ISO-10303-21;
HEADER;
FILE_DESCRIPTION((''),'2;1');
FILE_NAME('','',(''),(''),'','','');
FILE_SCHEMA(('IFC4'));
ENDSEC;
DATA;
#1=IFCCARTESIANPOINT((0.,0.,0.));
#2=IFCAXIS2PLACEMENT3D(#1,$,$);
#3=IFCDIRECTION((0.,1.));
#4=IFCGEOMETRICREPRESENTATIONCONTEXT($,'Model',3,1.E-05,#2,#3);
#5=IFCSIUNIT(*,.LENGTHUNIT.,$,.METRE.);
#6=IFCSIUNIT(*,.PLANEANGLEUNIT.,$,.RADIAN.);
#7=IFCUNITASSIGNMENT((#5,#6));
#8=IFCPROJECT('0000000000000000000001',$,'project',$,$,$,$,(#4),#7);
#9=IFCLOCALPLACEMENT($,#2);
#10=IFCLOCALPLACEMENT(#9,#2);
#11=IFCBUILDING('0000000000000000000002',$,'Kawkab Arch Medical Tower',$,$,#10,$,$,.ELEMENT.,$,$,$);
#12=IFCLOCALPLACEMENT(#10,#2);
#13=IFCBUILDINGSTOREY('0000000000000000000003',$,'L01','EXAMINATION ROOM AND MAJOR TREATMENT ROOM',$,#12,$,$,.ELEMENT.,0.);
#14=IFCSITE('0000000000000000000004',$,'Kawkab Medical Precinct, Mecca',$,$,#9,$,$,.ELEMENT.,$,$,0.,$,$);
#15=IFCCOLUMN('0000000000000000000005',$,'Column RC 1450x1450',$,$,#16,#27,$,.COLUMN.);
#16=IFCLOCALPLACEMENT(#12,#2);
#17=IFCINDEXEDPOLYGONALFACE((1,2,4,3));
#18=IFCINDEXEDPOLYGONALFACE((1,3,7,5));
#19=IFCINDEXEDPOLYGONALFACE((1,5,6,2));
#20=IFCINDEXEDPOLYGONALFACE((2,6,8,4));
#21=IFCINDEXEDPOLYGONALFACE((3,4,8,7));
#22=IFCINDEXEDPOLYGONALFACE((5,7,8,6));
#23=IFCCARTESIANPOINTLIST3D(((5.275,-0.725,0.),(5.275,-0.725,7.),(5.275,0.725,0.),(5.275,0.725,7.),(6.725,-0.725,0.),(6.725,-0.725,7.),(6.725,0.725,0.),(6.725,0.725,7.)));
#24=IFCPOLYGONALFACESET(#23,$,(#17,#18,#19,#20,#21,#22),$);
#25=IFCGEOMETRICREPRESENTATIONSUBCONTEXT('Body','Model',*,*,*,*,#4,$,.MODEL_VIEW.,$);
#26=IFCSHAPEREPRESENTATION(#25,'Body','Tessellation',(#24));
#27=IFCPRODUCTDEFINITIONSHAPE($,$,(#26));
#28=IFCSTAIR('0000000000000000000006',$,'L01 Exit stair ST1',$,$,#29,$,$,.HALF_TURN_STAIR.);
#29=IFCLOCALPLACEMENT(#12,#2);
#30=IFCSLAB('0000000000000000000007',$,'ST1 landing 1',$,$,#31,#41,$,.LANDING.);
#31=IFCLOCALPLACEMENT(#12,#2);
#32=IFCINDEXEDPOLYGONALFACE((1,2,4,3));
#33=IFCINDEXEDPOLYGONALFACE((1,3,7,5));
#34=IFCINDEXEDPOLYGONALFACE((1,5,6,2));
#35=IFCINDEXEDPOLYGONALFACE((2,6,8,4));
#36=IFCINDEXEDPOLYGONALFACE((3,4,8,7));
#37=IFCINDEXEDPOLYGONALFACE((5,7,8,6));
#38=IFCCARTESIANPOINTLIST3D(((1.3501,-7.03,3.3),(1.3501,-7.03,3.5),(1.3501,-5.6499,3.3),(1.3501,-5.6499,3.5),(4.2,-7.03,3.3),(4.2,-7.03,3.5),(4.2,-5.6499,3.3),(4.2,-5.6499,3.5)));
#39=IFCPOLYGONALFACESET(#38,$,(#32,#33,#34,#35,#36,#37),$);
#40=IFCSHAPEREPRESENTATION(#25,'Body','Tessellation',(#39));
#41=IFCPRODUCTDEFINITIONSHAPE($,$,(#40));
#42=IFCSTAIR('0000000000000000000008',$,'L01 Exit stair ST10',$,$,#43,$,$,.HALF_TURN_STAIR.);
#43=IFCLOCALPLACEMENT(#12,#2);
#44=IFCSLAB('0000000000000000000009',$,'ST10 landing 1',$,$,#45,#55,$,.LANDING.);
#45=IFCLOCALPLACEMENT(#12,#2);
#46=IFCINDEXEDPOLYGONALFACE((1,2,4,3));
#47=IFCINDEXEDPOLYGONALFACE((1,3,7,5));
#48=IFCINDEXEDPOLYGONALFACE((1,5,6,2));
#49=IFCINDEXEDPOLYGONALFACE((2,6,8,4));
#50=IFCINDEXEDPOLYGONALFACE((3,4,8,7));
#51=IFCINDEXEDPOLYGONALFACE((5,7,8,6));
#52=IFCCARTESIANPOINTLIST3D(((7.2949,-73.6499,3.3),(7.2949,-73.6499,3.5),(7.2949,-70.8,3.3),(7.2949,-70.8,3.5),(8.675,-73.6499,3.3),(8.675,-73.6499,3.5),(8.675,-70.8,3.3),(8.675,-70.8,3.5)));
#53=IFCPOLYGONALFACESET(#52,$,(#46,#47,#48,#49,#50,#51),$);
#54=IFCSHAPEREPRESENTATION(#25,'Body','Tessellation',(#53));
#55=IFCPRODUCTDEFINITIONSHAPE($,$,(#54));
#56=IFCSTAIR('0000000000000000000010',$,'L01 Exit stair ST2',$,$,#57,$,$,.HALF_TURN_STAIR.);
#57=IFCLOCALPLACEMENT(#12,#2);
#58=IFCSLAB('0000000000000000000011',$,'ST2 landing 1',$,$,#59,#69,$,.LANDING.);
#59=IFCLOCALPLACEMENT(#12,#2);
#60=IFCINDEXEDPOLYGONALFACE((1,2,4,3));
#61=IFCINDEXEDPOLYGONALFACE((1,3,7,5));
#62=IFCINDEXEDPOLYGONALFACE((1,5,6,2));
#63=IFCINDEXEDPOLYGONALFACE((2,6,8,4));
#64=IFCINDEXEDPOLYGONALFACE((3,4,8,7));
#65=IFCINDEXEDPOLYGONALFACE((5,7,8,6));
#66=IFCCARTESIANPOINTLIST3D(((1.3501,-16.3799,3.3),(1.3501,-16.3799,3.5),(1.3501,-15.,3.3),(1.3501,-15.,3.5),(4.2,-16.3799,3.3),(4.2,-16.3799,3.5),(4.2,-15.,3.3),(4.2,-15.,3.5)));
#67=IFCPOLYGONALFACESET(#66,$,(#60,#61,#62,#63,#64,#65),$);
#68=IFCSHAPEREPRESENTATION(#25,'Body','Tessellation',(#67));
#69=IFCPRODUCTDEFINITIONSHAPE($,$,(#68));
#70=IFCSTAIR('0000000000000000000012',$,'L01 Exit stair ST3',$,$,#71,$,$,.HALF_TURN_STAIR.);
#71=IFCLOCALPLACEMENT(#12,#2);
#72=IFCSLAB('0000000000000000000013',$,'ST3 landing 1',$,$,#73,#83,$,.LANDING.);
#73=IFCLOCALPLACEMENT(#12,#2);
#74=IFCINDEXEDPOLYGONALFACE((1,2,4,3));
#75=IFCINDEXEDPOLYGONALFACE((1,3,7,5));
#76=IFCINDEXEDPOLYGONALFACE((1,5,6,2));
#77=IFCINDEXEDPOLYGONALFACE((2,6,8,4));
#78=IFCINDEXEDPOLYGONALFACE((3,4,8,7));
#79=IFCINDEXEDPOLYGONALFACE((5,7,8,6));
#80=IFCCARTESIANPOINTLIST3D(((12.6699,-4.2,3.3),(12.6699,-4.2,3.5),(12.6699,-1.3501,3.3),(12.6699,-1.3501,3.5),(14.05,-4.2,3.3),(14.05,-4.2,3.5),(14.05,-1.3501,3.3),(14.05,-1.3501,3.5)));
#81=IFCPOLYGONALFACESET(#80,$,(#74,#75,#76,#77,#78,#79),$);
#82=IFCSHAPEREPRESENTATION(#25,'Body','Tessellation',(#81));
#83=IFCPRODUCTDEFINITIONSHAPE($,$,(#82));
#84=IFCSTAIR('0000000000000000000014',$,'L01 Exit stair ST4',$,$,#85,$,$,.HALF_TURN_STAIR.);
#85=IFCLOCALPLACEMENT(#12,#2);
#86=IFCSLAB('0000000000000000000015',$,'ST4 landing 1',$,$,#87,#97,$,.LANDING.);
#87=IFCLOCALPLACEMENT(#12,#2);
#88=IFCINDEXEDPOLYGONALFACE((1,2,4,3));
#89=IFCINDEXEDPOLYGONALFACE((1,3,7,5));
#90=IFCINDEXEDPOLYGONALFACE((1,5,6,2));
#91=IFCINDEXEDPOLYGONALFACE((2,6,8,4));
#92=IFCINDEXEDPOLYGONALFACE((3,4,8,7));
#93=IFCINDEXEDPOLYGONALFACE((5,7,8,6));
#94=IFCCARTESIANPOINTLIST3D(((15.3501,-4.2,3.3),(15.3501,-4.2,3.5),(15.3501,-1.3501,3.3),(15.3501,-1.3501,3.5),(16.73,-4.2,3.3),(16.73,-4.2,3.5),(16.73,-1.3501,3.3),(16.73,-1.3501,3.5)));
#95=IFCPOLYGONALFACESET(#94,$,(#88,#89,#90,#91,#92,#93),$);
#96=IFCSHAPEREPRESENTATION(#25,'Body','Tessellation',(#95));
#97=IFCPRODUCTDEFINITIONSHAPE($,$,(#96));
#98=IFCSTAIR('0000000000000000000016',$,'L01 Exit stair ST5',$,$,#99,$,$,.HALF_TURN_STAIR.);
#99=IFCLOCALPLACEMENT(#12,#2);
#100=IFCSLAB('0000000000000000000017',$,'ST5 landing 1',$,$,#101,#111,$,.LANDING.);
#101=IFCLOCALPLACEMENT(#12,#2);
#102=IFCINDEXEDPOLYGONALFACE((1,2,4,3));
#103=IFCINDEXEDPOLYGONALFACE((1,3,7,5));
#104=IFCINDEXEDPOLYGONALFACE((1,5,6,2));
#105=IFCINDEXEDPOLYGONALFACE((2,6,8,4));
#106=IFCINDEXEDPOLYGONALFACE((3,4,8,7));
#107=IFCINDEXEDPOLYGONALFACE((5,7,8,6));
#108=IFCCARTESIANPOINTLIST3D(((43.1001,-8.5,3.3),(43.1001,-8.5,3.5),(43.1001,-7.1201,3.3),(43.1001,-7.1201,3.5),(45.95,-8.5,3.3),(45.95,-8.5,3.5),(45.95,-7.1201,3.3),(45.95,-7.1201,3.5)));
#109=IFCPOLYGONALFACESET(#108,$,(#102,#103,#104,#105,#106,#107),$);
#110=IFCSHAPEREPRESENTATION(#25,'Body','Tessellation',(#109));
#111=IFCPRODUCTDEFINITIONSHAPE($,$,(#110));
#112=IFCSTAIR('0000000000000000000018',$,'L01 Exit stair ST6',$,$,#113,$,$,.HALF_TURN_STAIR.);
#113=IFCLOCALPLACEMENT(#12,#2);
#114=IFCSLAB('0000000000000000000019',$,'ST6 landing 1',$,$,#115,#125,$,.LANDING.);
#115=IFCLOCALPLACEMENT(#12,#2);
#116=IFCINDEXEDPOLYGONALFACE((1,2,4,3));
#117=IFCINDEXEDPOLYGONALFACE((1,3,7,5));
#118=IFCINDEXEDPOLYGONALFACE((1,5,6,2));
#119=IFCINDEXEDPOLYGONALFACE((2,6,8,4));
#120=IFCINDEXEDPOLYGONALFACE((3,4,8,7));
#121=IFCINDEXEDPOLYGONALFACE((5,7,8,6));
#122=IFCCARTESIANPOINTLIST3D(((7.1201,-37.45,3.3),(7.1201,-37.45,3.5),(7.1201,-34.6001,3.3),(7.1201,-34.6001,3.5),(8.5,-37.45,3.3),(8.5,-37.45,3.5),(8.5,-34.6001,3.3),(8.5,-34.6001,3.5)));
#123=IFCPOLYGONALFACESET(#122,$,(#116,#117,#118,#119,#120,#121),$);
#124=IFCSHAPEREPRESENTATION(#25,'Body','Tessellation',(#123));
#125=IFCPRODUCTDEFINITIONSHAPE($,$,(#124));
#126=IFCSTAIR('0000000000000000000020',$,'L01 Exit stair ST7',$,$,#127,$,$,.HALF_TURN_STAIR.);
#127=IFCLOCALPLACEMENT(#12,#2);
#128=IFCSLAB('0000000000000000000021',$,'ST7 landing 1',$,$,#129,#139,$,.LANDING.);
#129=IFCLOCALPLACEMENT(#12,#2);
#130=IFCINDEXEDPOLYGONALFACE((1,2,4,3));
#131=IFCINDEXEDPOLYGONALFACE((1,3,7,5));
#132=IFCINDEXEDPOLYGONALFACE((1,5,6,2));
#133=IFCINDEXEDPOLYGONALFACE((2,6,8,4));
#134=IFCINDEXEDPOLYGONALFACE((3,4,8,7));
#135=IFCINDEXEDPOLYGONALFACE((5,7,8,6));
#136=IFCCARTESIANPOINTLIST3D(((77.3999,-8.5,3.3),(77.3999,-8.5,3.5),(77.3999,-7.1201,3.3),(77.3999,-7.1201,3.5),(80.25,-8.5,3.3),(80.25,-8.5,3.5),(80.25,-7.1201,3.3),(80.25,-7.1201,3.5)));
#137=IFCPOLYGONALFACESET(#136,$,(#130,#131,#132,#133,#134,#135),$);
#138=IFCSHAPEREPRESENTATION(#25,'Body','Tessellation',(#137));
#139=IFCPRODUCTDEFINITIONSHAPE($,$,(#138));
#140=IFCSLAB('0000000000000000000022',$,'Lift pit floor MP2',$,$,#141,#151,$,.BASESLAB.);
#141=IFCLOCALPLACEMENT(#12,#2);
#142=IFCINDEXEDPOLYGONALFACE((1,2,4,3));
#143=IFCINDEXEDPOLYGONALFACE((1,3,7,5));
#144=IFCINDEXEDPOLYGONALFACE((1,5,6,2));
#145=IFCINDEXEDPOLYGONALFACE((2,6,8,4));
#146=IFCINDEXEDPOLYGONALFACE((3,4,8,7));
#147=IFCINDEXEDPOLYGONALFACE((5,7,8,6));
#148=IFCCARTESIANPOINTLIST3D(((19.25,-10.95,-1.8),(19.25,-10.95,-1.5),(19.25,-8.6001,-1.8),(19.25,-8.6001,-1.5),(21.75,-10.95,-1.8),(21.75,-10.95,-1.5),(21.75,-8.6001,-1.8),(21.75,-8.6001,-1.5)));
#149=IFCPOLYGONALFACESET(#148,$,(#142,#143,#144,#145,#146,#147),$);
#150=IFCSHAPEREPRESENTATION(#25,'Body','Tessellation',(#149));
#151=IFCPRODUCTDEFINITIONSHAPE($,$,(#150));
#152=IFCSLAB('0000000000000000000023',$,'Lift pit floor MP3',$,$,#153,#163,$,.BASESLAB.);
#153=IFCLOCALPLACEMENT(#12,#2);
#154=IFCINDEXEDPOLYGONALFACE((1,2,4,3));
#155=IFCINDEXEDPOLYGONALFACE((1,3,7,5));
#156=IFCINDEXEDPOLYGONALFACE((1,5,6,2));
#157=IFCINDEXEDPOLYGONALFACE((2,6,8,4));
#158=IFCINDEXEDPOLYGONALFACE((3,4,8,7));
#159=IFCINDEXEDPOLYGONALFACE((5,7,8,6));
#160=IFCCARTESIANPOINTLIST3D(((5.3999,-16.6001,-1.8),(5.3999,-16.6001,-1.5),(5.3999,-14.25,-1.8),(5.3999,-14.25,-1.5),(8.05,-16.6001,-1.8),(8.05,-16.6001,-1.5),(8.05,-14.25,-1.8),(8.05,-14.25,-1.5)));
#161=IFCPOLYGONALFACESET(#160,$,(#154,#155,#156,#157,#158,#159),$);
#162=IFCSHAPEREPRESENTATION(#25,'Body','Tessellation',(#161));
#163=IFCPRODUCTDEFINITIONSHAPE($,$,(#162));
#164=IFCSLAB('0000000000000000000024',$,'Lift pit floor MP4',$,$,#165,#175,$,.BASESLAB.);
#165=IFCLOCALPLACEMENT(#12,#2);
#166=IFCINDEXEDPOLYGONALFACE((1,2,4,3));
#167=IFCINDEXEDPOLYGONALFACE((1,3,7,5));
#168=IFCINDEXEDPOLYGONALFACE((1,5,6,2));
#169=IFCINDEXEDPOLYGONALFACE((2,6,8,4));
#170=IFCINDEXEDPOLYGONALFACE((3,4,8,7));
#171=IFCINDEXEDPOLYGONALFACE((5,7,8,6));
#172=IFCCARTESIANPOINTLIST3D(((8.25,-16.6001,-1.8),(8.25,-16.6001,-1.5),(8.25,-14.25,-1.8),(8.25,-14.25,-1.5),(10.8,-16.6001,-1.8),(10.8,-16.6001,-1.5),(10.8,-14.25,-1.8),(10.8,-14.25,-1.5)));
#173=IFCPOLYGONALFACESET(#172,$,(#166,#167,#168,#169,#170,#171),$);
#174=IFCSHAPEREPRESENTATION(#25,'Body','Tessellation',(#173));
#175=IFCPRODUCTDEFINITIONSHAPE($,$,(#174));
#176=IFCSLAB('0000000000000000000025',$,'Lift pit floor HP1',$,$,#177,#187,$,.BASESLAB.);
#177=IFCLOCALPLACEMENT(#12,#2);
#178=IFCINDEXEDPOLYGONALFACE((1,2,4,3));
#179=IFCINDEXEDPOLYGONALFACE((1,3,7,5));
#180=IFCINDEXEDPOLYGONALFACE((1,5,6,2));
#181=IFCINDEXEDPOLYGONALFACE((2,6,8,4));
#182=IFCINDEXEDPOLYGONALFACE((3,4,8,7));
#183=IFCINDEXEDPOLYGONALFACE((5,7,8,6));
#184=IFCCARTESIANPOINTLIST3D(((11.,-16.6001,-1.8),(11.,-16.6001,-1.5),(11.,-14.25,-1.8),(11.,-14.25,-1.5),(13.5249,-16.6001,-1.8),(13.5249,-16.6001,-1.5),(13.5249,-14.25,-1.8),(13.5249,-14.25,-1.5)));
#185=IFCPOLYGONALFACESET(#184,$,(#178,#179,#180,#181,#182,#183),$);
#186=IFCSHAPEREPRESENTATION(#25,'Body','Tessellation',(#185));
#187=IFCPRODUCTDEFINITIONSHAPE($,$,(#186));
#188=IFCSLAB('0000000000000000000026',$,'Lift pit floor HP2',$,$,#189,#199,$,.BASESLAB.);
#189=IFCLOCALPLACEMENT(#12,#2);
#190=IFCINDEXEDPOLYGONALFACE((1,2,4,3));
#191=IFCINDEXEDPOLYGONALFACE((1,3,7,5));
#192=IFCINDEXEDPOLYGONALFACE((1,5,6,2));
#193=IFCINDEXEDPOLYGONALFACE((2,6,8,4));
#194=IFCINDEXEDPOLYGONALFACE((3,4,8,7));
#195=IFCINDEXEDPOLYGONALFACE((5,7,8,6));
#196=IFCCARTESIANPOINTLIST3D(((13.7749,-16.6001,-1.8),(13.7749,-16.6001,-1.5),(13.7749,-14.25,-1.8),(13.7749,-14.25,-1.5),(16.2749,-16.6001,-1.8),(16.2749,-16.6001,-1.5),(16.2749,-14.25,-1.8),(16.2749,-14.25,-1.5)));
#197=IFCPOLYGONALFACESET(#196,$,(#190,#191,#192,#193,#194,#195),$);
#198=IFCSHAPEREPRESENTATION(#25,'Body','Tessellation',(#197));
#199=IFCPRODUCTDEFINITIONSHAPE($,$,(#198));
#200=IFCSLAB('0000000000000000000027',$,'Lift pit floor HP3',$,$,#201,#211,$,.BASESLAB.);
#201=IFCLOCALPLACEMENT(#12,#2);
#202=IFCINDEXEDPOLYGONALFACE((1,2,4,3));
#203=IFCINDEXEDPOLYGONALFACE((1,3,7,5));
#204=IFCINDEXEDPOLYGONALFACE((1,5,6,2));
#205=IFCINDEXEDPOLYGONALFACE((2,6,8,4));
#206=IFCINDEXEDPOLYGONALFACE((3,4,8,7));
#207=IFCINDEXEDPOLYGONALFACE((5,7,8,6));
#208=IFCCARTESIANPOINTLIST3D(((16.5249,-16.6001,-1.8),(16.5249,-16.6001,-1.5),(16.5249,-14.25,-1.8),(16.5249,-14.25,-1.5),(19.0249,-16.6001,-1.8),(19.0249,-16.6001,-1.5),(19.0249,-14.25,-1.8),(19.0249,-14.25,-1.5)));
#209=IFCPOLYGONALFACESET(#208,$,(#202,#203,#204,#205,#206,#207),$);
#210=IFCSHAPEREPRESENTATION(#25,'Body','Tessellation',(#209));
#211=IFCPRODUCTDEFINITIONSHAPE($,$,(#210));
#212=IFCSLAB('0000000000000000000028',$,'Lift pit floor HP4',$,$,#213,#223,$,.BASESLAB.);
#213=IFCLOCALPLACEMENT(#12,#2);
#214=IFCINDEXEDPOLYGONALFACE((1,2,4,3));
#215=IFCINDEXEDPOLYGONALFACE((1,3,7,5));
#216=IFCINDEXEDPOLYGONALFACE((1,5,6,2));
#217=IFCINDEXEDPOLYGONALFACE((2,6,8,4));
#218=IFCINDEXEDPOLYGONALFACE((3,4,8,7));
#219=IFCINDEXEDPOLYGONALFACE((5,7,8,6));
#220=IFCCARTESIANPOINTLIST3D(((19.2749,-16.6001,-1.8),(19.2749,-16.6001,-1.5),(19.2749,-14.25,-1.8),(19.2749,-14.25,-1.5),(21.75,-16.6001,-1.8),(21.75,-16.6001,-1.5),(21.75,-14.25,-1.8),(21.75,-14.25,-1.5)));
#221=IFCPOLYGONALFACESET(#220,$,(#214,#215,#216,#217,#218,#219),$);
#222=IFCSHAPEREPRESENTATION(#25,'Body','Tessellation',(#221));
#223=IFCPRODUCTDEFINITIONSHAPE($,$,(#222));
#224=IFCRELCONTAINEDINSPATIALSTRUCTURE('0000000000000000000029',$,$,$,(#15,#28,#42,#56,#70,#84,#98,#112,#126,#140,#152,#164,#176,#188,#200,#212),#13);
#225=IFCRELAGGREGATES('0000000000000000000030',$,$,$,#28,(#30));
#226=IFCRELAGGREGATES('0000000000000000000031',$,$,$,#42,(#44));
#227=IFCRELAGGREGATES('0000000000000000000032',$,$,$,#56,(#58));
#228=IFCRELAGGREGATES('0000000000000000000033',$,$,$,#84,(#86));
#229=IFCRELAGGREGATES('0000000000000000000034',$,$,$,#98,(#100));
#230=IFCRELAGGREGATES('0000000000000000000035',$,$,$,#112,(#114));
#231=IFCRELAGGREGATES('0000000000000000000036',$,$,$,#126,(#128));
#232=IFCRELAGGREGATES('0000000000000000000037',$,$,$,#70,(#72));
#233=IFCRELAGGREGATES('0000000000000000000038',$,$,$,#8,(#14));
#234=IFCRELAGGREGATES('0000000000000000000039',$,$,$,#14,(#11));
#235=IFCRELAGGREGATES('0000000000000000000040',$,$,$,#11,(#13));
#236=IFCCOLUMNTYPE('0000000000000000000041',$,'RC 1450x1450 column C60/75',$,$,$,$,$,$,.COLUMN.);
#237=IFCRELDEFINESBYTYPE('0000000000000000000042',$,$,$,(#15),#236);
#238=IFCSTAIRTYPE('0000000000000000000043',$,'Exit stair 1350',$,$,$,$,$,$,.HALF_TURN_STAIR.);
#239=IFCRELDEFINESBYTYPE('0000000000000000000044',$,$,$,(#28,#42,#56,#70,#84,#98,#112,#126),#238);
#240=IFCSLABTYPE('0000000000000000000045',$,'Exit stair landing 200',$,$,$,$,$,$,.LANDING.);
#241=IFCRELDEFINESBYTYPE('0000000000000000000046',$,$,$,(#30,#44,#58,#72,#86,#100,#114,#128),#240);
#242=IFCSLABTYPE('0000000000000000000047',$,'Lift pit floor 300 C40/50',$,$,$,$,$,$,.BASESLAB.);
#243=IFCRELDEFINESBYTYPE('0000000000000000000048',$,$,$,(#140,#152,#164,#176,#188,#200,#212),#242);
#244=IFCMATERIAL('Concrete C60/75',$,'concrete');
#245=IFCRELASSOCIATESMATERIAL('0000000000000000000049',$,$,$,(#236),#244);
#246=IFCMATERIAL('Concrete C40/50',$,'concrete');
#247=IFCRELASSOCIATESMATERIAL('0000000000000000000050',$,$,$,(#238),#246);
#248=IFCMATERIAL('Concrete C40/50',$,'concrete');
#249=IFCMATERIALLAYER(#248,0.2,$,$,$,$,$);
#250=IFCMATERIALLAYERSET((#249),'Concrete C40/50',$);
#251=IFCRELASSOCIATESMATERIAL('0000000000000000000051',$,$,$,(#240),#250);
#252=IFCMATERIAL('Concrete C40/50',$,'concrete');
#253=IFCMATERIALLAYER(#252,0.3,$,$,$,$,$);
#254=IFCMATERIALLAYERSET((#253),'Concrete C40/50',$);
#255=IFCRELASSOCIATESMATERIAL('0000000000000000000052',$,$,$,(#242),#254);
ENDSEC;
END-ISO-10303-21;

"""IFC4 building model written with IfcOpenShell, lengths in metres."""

from ifc_helpers import new_model, si_unit, direction, frame, origin, origin_2d, place, context, subcontext, project, spatial, polyline, rectangle, outline, extrude, material, layer, layer_set, material_profile, profile_set, type_object, element, aggregate, save


model = new_model("IFC4")

# Units and contexts
model_context = context("Model", 3, precision=1e-05, world=origin(), true_north=direction((0.0, 1.0)))
body_context = subcontext(model_context, "Body", "Model", "MODEL_VIEW")
ifc_project = project(units=[si_unit("LENGTHUNIT", "METRE"), si_unit("PLANEANGLEUNIT", "RADIAN")], contexts=[model_context])

# Site, building, storey
site_placement = place(None, origin())
site = spatial("IfcSite", under=ifc_project, at=site_placement, Name="Kawkab Medical Precinct, Mecca", CompositionType="ELEMENT", RefElevation=0.0)
building_placement = place(site_placement, origin())
building = spatial("IfcBuilding", under=site, at=building_placement, Name="Kawkab Arch Medical Tower", CompositionType="ELEMENT")
storey_placement = place(building_placement, origin())
storey = spatial("IfcBuildingStorey", under=building, at=storey_placement, Name="L01", Description="EXAMINATION ROOM AND MAJOR TREATMENT ROOM", CompositionType="ELEMENT", Elevation=0.0)

# Column
ifc_material_1 = material(Name="Concrete C60/75", Category="concrete")
ifc_material_profile = material_profile(ifc_material_1, rectangle(XDim=1.45, YDim=1.45, at=origin_2d()), Name="RC 1450x1450")
ifc_profile_set = profile_set([ifc_material_profile], Name="Concrete C60/75")
column_type = type_object("IfcColumnType", Name="RC 1450x1450 column C60/75", PredefinedType="COLUMN", material=ifc_profile_set)
column_placement = place(storey_placement, frame((6.0, 0.0, 0.0), z_axis=(0.0, 0.0, 1.0), x_axis=(1.0, 0.0, 0.0)))
element("IfcColumn", 1, at=column_placement, inside=storey, type_object=column_type, Name="Column RC 1450x1450", PredefinedType="COLUMN", context=body_context, shape_type="SweptSolid", body=[
    extrude(rectangle(XDim=1.45, YDim=1.45, at=origin_2d()), origin(), (0.0, 0.0, 1.0), 7.0),
])

# Stairs, slabs
ifc_material_2 = material(Name="Concrete C40/50", Category="concrete")
stair_type = type_object("IfcStairType", Name="Exit stair 1350", PredefinedType="HALF_TURN_STAIR", material=ifc_material_2)
placement_1 = place(storey_placement, origin())
stair_1 = element("IfcStair", 2, at=placement_1, inside=storey, type_object=stair_type, Name="L01 Exit stair ST1", PredefinedType="HALF_TURN_STAIR")
ifc_material_3 = material(Name="Concrete C40/50", Category="concrete")
ifc_layer_1 = layer(ifc_material_3, 0.2)
ifc_layer_set_1 = layer_set([ifc_layer_1], Name="Concrete C40/50")
slab_type_1 = type_object("IfcSlabType", Name="Exit stair landing 200", PredefinedType="LANDING", material=ifc_layer_set_1)
placement_2 = place(storey_placement, frame((0.0, 0.0, 3.3)))
slab_1 = element("IfcSlab", 3, at=placement_2, type_object=slab_type_1, Name="ST1 landing 1", PredefinedType="LANDING", context=body_context, shape_type="SweptSolid", body=[
    extrude(outline(polyline([(4.2, -7.03), (4.2, -5.6499), (1.3501, -5.6499), (1.3501, -7.03), (4.2, -7.03)])), origin(), (0.0, 0.0, 1.0), 0.2),
])
aggregate(stair_1, [slab_1])
stair_2 = element("IfcStair", 4, at=placement_1, inside=storey, type_object=stair_type, Name="L01 Exit stair ST10", PredefinedType="HALF_TURN_STAIR")
slab_2 = element("IfcSlab", 5, at=placement_2, type_object=slab_type_1, Name="ST10 landing 1", PredefinedType="LANDING", context=body_context, shape_type="SweptSolid", body=[
    extrude(outline(polyline([(7.2949, -73.6499), (8.675, -73.6499), (8.675, -70.8), (7.2949, -70.8), (7.2949, -73.6499)])), origin(), (0.0, 0.0, 1.0), 0.2),
])
aggregate(stair_2, [slab_2])
stair_3 = element("IfcStair", 6, at=placement_1, inside=storey, type_object=stair_type, Name="L01 Exit stair ST2", PredefinedType="HALF_TURN_STAIR")
slab_3 = element("IfcSlab", 7, at=placement_2, type_object=slab_type_1, Name="ST2 landing 1", PredefinedType="LANDING", context=body_context, shape_type="SweptSolid", body=[
    extrude(outline(polyline([(4.2, -16.3799), (4.2, -15.0), (1.3501, -15.0), (1.3501, -16.3799), (4.2, -16.3799)])), origin(), (0.0, 0.0, 1.0), 0.2),
])
aggregate(stair_3, [slab_3])
stair_4 = element("IfcStair", 8, at=placement_1, inside=storey, type_object=stair_type, Name="L01 Exit stair ST3", PredefinedType="HALF_TURN_STAIR")
slab_4 = element("IfcSlab", 9, at=placement_2, type_object=slab_type_1, Name="ST3 landing 1", PredefinedType="LANDING", context=body_context, shape_type="SweptSolid", body=[
    extrude(outline(polyline([(12.6699, -4.2), (14.05, -4.2), (14.05, -1.3501), (12.6699, -1.3501), (12.6699, -4.2)])), origin(), (0.0, 0.0, 1.0), 0.2),
])
stair_5 = element("IfcStair", 10, at=placement_1, inside=storey, type_object=stair_type, Name="L01 Exit stair ST4", PredefinedType="HALF_TURN_STAIR")
slab_5 = element("IfcSlab", 11, at=placement_2, type_object=slab_type_1, Name="ST4 landing 1", PredefinedType="LANDING", context=body_context, shape_type="SweptSolid", body=[
    extrude(outline(polyline([(16.73, -1.3501), (15.3501, -1.3501), (15.3501, -4.2), (16.73, -4.2), (16.73, -1.3501)])), origin(), (0.0, 0.0, 1.0), 0.2),
])
aggregate(stair_5, [slab_5])
stair_6 = element("IfcStair", 12, at=placement_1, inside=storey, type_object=stair_type, Name="L01 Exit stair ST5", PredefinedType="HALF_TURN_STAIR")
slab_6 = element("IfcSlab", 13, at=placement_2, type_object=slab_type_1, Name="ST5 landing 1", PredefinedType="LANDING", context=body_context, shape_type="SweptSolid", body=[
    extrude(outline(polyline([(43.1001, -7.1201), (43.1001, -8.5), (45.95, -8.5), (45.95, -7.1201), (43.1001, -7.1201)])), origin(), (0.0, 0.0, 1.0), 0.2),
])
aggregate(stair_6, [slab_6])
stair_7 = element("IfcStair", 14, at=placement_1, inside=storey, type_object=stair_type, Name="L01 Exit stair ST6", PredefinedType="HALF_TURN_STAIR")
slab_7 = element("IfcSlab", 15, at=placement_2, type_object=slab_type_1, Name="ST6 landing 1", PredefinedType="LANDING", context=body_context, shape_type="SweptSolid", body=[
    extrude(outline(polyline([(7.1201, -37.45), (8.5, -37.45), (8.5, -34.6001), (7.1201, -34.6001), (7.1201, -37.45)])), origin(), (0.0, 0.0, 1.0), 0.2),
])
aggregate(stair_7, [slab_7])
stair_8 = element("IfcStair", 16, at=placement_1, inside=storey, type_object=stair_type, Name="L01 Exit stair ST7", PredefinedType="HALF_TURN_STAIR")
slab_8 = element("IfcSlab", 17, at=placement_2, type_object=slab_type_1, Name="ST7 landing 1", PredefinedType="LANDING", context=body_context, shape_type="SweptSolid", body=[
    extrude(outline(polyline([(77.3999, -7.1201), (77.3999, -8.5), (80.25, -8.5), (80.25, -7.1201), (77.3999, -7.1201)])), origin(), (0.0, 0.0, 1.0), 0.2),
])
aggregate(stair_8, [slab_8])

# Slabs
ifc_material_4 = material(Name="Concrete C40/50", Category="concrete")
ifc_layer_2 = layer(ifc_material_4, 0.3)
ifc_layer_set_2 = layer_set([ifc_layer_2], Name="Concrete C40/50")
slab_type_2 = type_object("IfcSlabType", Name="Lift pit floor 300 C40/50", PredefinedType="BASESLAB", material=ifc_layer_set_2)
placement_3 = place(storey_placement, frame((0.0, 0.0, -1.8)))
element("IfcSlab", 18, at=placement_3, inside=storey, type_object=slab_type_2, Name="Lift pit floor MP2", PredefinedType="BASESLAB", context=body_context, shape_type="SweptSolid", body=[
    extrude(outline(polyline([(19.25, -10.95), (21.75, -10.95), (21.75, -8.6001), (19.25, -8.6001), (19.25, -10.95)])), origin(), (0.0, 0.0, 1.0), 0.3),
])
element("IfcSlab", 19, at=placement_3, inside=storey, type_object=slab_type_2, Name="Lift pit floor MP3", PredefinedType="BASESLAB", context=body_context, shape_type="SweptSolid", body=[
    extrude(outline(polyline([(5.3999, -16.6001), (8.05, -16.6001), (8.05, -14.25), (5.3999, -14.25), (5.3999, -16.6001)])), origin(), (0.0, 0.0, 1.0), 0.3),
])
element("IfcSlab", 20, at=placement_3, inside=storey, type_object=slab_type_2, Name="Lift pit floor MP4", PredefinedType="BASESLAB", context=body_context, shape_type="SweptSolid", body=[
    extrude(outline(polyline([(8.25, -16.6001), (10.8, -16.6001), (10.8, -14.25), (8.25, -14.25), (8.25, -16.6001)])), origin(), (0.0, 0.0, 1.0), 0.3),
])
element("IfcSlab", 21, at=placement_3, inside=storey, type_object=slab_type_2, Name="Lift pit floor HP1", PredefinedType="BASESLAB", context=body_context, shape_type="SweptSolid", body=[
    extrude(outline(polyline([(11.0, -16.6001), (13.5249, -16.6001), (13.5249, -14.25), (11.0, -14.25), (11.0, -16.6001)])), origin(), (0.0, 0.0, 1.0), 0.3),
])
element("IfcSlab", 22, at=placement_3, inside=storey, type_object=slab_type_2, Name="Lift pit floor HP2", PredefinedType="BASESLAB", context=body_context, shape_type="SweptSolid", body=[
    extrude(outline(polyline([(13.7749, -16.6001), (16.2749, -16.6001), (16.2749, -14.25), (13.7749, -14.25), (13.7749, -16.6001)])), origin(), (0.0, 0.0, 1.0), 0.3),
])
element("IfcSlab", 23, at=placement_3, inside=storey, type_object=slab_type_2, Name="Lift pit floor HP3", PredefinedType="BASESLAB", context=body_context, shape_type="SweptSolid", body=[
    extrude(outline(polyline([(16.5249, -16.6001), (19.0249, -16.6001), (19.0249, -14.25), (16.5249, -14.25), (16.5249, -16.6001)])), origin(), (0.0, 0.0, 1.0), 0.3),
])
element("IfcSlab", 24, at=placement_3, inside=storey, type_object=slab_type_2, Name="Lift pit floor HP4", PredefinedType="BASESLAB", context=body_context, shape_type="SweptSolid", body=[
    extrude(outline(polyline([(19.2749, -16.6001), (21.75, -16.6001), (21.75, -14.25), (19.2749, -14.25), (19.2749, -16.6001)])), origin(), (0.0, 0.0, 1.0), 0.3),
])

aggregate(stair_4, [slab_4])

save(model, "model.ifc")
